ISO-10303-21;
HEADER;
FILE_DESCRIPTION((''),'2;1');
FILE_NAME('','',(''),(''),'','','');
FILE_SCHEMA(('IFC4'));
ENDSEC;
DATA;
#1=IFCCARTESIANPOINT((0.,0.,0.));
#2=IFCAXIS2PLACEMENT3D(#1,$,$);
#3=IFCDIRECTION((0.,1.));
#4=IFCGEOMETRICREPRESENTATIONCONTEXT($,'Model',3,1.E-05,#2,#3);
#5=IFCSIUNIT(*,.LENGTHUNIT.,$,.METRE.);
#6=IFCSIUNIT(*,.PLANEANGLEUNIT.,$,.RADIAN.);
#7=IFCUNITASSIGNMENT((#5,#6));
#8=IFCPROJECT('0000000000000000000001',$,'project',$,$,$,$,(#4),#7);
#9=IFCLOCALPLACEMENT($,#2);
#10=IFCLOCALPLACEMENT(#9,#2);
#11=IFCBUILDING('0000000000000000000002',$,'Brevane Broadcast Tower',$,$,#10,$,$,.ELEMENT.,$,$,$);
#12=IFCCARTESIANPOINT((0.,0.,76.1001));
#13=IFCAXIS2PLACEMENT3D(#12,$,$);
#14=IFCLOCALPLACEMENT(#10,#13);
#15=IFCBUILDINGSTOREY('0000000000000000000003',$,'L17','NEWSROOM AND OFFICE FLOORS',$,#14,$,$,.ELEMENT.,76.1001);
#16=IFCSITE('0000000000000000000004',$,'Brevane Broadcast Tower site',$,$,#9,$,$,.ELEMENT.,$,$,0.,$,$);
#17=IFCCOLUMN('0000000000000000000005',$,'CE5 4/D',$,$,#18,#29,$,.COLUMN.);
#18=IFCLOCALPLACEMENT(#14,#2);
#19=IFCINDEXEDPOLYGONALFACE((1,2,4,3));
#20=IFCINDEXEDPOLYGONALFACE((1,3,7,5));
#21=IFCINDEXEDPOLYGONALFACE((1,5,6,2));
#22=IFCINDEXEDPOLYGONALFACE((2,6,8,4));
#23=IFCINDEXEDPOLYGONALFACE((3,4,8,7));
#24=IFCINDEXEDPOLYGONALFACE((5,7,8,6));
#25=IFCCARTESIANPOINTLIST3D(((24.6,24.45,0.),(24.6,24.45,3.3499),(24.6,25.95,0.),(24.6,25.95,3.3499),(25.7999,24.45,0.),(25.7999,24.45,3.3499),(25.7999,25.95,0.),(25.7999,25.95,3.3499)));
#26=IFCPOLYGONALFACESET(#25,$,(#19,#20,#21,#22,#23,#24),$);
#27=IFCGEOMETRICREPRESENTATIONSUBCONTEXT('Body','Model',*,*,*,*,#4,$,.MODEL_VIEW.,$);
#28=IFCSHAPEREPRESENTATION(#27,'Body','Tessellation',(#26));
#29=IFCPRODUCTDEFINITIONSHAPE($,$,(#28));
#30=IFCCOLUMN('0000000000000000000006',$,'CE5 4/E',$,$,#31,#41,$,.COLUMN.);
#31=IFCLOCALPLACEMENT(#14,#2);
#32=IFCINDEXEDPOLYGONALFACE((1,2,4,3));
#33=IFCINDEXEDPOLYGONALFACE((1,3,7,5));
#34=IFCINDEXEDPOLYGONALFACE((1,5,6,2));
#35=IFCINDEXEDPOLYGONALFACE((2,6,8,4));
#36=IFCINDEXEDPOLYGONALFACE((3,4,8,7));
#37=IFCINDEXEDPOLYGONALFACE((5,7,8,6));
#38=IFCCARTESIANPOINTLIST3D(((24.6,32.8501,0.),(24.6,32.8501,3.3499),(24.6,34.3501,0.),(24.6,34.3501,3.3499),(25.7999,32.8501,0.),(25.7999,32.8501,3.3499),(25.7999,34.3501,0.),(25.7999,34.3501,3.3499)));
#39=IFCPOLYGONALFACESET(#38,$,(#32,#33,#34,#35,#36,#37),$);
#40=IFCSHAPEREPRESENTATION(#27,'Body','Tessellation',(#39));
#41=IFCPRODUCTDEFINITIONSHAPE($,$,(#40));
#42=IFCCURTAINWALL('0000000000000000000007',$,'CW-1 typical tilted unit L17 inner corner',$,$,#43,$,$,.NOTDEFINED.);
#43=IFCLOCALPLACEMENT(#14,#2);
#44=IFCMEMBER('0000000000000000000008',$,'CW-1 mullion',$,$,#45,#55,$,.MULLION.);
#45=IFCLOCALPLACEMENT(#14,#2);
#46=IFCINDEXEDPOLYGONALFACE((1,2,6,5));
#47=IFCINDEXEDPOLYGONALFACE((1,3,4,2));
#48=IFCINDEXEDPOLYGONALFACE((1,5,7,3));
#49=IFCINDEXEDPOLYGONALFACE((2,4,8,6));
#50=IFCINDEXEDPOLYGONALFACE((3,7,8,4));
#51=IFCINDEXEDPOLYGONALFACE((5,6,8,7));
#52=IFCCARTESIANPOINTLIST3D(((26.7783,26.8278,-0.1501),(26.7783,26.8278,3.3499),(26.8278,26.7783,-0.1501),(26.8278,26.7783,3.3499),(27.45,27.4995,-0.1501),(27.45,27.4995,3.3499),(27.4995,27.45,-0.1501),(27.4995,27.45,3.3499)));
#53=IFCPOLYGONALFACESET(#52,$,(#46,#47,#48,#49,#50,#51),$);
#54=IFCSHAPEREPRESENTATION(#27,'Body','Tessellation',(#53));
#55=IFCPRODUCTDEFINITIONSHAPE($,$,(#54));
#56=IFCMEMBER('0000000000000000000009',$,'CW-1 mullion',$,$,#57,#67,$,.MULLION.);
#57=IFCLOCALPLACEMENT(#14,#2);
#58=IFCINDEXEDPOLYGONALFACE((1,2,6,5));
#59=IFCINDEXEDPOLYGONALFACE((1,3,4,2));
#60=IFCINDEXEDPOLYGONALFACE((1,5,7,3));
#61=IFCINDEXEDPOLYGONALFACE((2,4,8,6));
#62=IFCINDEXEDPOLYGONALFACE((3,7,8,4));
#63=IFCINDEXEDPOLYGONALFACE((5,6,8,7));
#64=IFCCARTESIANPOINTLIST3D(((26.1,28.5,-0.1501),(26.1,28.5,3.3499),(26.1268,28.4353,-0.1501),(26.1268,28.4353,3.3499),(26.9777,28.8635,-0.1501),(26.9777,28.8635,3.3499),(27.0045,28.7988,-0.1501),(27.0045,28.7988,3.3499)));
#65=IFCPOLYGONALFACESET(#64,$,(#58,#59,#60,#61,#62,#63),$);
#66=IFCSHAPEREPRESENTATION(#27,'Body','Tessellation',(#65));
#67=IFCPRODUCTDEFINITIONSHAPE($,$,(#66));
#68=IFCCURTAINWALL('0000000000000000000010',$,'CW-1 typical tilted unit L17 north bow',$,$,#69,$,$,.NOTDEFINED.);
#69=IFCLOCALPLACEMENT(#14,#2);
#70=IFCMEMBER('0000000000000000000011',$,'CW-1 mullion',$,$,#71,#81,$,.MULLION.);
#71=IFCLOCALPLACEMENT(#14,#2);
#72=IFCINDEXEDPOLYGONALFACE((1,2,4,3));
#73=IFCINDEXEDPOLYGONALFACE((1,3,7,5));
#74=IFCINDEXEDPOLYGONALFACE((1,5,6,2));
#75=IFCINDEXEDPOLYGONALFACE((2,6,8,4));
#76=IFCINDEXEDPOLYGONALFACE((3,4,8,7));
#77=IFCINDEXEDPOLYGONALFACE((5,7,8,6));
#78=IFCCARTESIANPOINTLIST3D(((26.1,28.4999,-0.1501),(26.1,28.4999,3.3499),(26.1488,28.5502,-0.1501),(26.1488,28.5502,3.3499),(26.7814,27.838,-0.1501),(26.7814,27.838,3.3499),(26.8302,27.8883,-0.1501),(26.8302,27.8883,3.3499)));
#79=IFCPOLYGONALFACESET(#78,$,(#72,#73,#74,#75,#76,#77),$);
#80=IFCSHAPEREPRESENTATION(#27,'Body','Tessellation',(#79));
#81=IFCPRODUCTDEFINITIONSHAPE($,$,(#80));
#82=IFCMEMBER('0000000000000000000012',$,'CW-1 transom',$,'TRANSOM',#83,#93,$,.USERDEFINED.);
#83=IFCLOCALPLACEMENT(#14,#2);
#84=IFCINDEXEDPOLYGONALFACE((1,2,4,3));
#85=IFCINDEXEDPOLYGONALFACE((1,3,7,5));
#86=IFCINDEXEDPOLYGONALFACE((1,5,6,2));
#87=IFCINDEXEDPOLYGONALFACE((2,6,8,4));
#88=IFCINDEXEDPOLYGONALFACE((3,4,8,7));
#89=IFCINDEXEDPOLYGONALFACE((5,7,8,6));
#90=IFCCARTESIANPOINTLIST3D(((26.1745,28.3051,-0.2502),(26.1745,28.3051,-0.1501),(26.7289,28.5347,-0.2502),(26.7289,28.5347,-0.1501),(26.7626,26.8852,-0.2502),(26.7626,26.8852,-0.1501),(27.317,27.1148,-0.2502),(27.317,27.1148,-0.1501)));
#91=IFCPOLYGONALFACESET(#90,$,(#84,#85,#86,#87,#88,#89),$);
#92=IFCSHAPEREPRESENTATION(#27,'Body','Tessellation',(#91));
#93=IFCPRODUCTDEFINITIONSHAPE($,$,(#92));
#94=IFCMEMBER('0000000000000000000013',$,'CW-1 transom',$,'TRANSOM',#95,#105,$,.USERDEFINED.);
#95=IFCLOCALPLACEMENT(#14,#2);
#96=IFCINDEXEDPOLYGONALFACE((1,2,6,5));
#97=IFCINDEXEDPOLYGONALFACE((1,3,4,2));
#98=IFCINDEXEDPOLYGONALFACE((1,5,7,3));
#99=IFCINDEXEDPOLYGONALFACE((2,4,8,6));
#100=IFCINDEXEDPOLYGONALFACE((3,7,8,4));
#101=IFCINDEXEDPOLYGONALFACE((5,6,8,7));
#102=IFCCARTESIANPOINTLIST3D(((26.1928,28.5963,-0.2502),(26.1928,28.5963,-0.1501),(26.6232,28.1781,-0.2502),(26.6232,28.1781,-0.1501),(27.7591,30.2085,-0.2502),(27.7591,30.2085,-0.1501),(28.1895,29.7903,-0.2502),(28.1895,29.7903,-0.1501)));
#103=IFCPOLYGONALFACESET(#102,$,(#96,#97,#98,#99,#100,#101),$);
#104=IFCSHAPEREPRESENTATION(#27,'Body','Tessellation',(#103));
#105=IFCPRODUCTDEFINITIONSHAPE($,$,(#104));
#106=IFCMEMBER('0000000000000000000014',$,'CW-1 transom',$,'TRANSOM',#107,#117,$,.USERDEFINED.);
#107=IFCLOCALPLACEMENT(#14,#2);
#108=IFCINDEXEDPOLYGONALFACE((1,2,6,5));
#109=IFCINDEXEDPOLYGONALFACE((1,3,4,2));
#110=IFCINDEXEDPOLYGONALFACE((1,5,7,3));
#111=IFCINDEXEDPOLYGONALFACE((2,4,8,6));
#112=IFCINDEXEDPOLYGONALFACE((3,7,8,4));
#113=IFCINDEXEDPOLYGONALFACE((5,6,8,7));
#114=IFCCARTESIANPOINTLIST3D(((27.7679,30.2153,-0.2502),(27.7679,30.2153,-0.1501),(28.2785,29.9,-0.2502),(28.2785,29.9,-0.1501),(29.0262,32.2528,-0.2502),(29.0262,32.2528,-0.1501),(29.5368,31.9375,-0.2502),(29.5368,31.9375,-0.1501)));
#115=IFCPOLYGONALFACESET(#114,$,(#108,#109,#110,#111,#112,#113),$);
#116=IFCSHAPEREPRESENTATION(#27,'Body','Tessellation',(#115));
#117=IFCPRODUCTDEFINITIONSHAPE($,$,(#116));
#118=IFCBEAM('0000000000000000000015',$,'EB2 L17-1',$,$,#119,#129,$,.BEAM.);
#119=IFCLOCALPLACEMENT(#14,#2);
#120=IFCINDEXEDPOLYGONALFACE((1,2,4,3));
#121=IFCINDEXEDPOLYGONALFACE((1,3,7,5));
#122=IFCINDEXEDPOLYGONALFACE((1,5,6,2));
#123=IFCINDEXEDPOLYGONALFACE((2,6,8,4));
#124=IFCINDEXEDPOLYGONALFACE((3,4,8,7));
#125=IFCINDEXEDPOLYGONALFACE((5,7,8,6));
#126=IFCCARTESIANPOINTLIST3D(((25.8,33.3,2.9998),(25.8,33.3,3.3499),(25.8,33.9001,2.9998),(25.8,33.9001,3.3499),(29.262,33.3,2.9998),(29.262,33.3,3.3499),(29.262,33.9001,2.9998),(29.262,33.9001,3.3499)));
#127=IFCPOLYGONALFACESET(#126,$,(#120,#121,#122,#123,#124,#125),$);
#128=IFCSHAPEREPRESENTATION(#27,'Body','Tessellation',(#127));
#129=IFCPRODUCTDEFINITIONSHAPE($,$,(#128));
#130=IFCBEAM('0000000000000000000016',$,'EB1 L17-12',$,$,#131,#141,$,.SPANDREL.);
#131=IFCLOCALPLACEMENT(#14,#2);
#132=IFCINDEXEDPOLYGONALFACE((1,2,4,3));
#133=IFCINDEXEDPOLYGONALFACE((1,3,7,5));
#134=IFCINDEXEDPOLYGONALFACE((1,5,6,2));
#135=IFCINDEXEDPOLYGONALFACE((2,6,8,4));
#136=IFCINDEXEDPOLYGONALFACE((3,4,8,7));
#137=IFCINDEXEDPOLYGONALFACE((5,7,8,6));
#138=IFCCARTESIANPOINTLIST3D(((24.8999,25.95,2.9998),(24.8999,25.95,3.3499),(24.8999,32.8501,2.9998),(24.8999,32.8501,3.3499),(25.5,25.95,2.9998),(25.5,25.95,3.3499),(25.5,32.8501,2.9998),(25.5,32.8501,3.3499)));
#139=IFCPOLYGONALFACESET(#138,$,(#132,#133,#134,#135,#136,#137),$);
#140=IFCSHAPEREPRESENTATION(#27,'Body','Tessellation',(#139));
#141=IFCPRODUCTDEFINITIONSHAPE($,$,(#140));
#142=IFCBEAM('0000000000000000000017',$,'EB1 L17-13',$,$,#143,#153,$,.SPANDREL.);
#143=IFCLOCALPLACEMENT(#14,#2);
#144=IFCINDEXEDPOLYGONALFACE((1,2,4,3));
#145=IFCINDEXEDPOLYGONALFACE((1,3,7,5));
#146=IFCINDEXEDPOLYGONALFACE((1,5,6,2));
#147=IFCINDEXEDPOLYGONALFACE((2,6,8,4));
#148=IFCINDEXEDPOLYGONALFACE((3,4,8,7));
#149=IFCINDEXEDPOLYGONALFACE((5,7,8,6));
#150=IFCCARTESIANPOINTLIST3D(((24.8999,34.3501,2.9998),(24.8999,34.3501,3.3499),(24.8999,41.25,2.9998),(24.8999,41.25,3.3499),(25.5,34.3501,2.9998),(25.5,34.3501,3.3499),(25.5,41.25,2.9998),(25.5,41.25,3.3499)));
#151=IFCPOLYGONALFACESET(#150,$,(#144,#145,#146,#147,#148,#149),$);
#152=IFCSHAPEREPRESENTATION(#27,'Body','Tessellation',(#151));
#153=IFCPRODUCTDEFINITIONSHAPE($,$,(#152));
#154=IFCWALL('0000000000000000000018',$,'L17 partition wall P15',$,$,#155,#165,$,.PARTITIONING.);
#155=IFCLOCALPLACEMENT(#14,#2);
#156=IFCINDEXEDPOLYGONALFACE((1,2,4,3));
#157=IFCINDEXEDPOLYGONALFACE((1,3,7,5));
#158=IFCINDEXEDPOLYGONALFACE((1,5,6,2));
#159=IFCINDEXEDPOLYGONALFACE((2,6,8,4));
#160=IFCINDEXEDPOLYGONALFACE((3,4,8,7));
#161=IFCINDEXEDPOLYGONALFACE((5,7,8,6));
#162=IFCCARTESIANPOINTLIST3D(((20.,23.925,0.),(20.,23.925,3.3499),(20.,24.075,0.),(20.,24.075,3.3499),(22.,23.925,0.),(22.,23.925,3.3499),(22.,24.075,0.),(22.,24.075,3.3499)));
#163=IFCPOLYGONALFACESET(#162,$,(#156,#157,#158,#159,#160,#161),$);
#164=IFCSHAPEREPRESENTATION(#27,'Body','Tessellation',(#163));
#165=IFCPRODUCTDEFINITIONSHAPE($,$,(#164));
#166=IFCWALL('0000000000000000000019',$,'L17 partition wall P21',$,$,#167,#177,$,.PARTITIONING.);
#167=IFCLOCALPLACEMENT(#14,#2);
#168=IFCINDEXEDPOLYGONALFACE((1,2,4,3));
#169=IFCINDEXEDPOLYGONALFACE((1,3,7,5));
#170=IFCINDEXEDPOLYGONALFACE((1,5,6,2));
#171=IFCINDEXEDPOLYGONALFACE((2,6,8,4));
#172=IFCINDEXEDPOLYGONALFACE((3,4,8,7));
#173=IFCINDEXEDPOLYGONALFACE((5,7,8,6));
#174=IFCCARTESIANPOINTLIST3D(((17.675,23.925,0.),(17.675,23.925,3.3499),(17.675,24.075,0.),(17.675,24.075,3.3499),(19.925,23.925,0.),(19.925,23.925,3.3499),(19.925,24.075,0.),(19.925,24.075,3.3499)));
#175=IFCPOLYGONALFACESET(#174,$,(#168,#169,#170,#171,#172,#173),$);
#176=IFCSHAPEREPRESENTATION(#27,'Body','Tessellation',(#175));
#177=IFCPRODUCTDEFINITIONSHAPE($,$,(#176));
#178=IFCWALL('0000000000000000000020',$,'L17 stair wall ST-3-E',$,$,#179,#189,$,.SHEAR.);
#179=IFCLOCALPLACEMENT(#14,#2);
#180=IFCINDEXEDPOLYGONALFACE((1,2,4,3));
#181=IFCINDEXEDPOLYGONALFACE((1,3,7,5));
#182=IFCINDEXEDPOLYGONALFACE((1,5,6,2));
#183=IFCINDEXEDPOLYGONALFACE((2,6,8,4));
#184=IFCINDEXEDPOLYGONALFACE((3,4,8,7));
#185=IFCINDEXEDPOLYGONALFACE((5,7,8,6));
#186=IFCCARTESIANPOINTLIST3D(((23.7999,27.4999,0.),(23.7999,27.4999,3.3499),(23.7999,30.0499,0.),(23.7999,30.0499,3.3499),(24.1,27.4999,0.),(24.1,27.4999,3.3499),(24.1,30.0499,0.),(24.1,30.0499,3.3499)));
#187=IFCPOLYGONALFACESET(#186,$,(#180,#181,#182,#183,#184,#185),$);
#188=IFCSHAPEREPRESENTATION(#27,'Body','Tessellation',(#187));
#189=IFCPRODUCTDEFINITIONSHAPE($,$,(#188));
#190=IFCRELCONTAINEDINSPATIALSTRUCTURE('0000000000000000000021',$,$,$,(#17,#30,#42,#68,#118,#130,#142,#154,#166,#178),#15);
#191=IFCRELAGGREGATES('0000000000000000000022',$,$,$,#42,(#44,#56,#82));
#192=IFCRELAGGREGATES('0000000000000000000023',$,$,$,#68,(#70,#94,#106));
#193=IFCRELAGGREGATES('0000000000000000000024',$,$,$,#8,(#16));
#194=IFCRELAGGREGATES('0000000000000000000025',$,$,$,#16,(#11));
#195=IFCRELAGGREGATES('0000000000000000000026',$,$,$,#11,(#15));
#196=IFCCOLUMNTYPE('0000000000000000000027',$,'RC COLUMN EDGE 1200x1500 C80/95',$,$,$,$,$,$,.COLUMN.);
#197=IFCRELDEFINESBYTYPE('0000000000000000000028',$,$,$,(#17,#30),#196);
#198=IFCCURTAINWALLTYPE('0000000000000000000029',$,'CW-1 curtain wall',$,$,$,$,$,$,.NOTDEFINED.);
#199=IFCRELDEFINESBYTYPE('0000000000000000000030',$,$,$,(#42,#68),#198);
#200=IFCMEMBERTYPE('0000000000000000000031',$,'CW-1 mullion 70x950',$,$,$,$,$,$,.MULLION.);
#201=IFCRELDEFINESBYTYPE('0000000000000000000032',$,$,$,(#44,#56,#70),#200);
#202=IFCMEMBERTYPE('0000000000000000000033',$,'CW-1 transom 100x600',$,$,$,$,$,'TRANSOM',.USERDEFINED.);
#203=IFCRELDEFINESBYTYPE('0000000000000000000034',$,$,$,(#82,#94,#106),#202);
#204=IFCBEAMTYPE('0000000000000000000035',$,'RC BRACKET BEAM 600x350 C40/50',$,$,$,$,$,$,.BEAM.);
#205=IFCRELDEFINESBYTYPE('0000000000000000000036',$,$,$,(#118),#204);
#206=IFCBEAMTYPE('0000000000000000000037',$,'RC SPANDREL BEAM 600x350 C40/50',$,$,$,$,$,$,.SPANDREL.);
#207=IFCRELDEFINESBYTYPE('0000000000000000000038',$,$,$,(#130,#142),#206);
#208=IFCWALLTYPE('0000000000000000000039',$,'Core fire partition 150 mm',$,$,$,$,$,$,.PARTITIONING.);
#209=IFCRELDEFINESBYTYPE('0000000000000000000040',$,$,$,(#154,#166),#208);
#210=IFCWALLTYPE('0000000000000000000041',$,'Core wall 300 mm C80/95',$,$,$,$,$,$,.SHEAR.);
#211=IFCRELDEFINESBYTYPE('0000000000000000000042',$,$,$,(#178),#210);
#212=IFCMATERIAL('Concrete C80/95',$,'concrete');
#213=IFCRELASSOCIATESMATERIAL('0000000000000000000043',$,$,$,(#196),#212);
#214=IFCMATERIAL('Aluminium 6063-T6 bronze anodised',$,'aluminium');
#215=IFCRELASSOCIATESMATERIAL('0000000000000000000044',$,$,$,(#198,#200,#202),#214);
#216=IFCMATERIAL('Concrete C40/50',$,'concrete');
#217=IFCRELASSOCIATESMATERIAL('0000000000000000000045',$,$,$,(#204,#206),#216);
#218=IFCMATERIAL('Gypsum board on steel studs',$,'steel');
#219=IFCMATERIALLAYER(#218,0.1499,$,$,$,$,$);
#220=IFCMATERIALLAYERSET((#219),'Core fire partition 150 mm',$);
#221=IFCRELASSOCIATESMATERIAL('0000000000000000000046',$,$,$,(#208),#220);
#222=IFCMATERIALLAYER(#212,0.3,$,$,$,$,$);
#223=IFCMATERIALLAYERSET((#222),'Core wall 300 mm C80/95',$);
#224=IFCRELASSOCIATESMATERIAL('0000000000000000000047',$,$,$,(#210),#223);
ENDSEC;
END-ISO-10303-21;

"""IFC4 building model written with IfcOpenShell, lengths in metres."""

from ifc_helpers import new_model, si_unit, direction, frame, frame_2d, origin, origin_2d, place, context, subcontext, project, spatial, rectangle, extrude, material, layer, layer_set, material_profile, profile_set, type_object, element, aggregate, save


model = new_model("IFC4")

# Units and contexts
model_context = context("Model", 3, precision=1e-05, world=origin(), true_north=direction((0.0, 1.0)))
body_context = subcontext(model_context, "Body", "Model", "MODEL_VIEW")
ifc_project = project(units=[si_unit("LENGTHUNIT", "METRE"), si_unit("PLANEANGLEUNIT", "RADIAN")], contexts=[model_context])

# Site, building, storey
site_placement = place(None, origin())
site = spatial("IfcSite", under=ifc_project, at=site_placement, Name="Brevane Broadcast Tower site", CompositionType="ELEMENT", RefElevation=0.0)
building_placement = place(site_placement, origin())
building = spatial("IfcBuilding", under=site, at=building_placement, Name="Brevane Broadcast Tower", CompositionType="ELEMENT")
storey_placement = place(building_placement, frame((0.0, 0.0, 76.1001)))
storey = spatial("IfcBuildingStorey", under=building, at=storey_placement, Name="L17", Description="NEWSROOM AND OFFICE FLOORS", CompositionType="ELEMENT", Elevation=76.1001)

# Columns
ifc_material_1 = material(Name="Concrete C80/95", Category="concrete")
ifc_material_profile_1 = material_profile(ifc_material_1, rectangle(XDim=1.2, YDim=1.5, at=origin_2d()), Name="RC 1200x1500")
ifc_profile_set_1 = profile_set([ifc_material_profile_1], Name="Concrete C80/95")
column_type = type_object("IfcColumnType", Name="RC COLUMN EDGE 1200x1500 C80/95", PredefinedType="COLUMN", material=ifc_profile_set_1)
for number, where, z_axis, x_axis, name in (
    (1, (25.2, 25.2, 0.0), (0.0, 0.0, 1.0), (1.0, 0.0, 0.0), "CE5 4/D"),
    (2, (25.2, 33.6001, 0.0), (0.0, 0.0, 1.0), (1.0, 0.0, 0.0), "CE5 4/E"),
):
    element("IfcColumn", number, at=place(storey_placement, frame(where, z_axis=z_axis, x_axis=x_axis)), inside=storey, type_object=column_type, Name=name, PredefinedType="COLUMN", context=body_context, shape_type="SweptSolid", body=[
        extrude(rectangle(XDim=1.2, YDim=1.5, at=origin_2d()), origin(), (0.0, 0.0, 1.0), 3.3499),
    ])

# Curtain wall, members
ifc_material_2 = material(Name="Aluminium 6063-T6 bronze anodised", Category="aluminium")
curtain_wall_type = type_object("IfcCurtainWallType", Name="CW-1 curtain wall", PredefinedType="NOTDEFINED", material=ifc_material_2)
curtain_wall_1_placement = place(storey_placement, origin())
curtain_wall_1 = element("IfcCurtainWall", 3, at=curtain_wall_1_placement, inside=storey, type_object=curtain_wall_type, Name="CW-1 typical tilted unit L17 inner corner", PredefinedType="NOTDEFINED")
ifc_material_profile_2 = material_profile(ifc_material_2, rectangle(XDim=0.95, YDim=0.0701, at=origin_2d()), Name="RECT 70x950")
ifc_profile_set_2 = profile_set([ifc_material_profile_2], Name="Aluminium 6063-T6 bronze anodised")
member_type_1 = type_object("IfcMemberType", Name="CW-1 mullion 70x950", PredefinedType="MULLION", material=ifc_profile_set_2)
member_1_placement = place(storey_placement, frame((27.1389, 27.1389, -0.1501), z_axis=(0.0, 0.0, 1.0), x_axis=(-0.707107, -0.707107, 0.0)))
member_1 = element("IfcMember", 4, at=member_1_placement, type_object=member_type_1, Name="CW-1 mullion", PredefinedType="MULLION", context=body_context, shape_type="SweptSolid", body=[
    extrude(rectangle(XDim=0.95, YDim=0.0701, at=origin_2d()), origin(), (0.0, 0.0, 1.0), 3.5),
])
member_2_placement = place(storey_placement, frame((26.5522, 28.6494, -0.1501), z_axis=(0.0, 0.0, 1.0), x_axis=(-0.923879, -0.382684, 0.0)))
member_2 = element("IfcMember", 5, at=member_2_placement, type_object=member_type_1, Name="CW-1 mullion", PredefinedType="MULLION", context=body_context, shape_type="SweptSolid", body=[
    extrude(rectangle(XDim=0.95, YDim=0.0701, at=origin_2d()), origin(), (0.0, 0.0, 1.0), 3.5),
])

# Curtain wall, member
curtain_wall_2_placement = place(storey_placement, origin())
curtain_wall_2 = element("IfcCurtainWall", 6, at=curtain_wall_2_placement, inside=storey, type_object=curtain_wall_type, Name="CW-1 typical tilted unit L17 north bow", PredefinedType="NOTDEFINED")
member_3_placement = place(storey_placement, frame((26.4651, 28.1941, -0.1501), z_axis=(0.0, 0.0, 1.0), x_axis=(-0.717254, 0.696812, 0.0)))
member_3 = element("IfcMember", 7, at=member_3_placement, type_object=member_type_1, Name="CW-1 mullion", PredefinedType="MULLION", context=body_context, shape_type="SweptSolid", body=[
    extrude(rectangle(XDim=0.95, YDim=0.0701, at=origin_2d()), origin(), (0.0, 0.0, 1.0), 3.5),
])

# Members
ifc_material_profile_3 = material_profile(ifc_material_2, rectangle(XDim=0.6001, YDim=0.1001, at=origin_2d()), Name="RECT 100x600")
ifc_profile_set_3 = profile_set([ifc_material_profile_3], Name="Aluminium 6063-T6 bronze anodised")
member_type_2 = type_object("IfcMemberType", Name="CW-1 transom 100x600", ElementType="TRANSOM", PredefinedType="USERDEFINED", material=ifc_profile_set_3)
member_4_placement = place(storey_placement, frame((27.0398, 27.0, -0.2002), z_axis=(-0.382674, 0.923883, 0.0), x_axis=(-0.923883, -0.382674, 0.0)))
member_4 = element("IfcMember", 8, at=member_4_placement, type_object=member_type_2, Name="CW-1 transom", ObjectType="TRANSOM", PredefinedType="USERDEFINED", context=body_context, shape_type="SweptSolid", body=[
    extrude(rectangle(XDim=0.6001, YDim=0.1001, at=origin_2d()), origin(), (0.0, 0.0, 1.0), 1.5369),
])
aggregate(curtain_wall_1, [member_1, member_2, member_4])
member_5_placement = place(storey_placement, frame((26.408, 28.3872, -0.2002), z_axis=(0.696824, 0.717242, 0.0), x_axis=(-0.717242, 0.696824, 0.0)))
member_5 = element("IfcMember", 9, at=member_5_placement, type_object=member_type_2, Name="CW-1 transom", ObjectType="TRANSOM", PredefinedType="USERDEFINED", context=body_context, shape_type="SweptSolid", body=[
    extrude(rectangle(XDim=0.6001, YDim=0.1001, at=origin_2d()), origin(), (0.0, 0.0, 1.0), 2.2478),
])
member_6_placement = place(storey_placement, frame((28.0232, 30.0576, -0.2002), z_axis=(0.525428, 0.850838, 0.0), x_axis=(-0.850838, 0.525428, 0.0)))
member_6 = element("IfcMember", 10, at=member_6_placement, type_object=member_type_2, Name="CW-1 transom", ObjectType="TRANSOM", PredefinedType="USERDEFINED", context=body_context, shape_type="SweptSolid", body=[
    extrude(rectangle(XDim=0.6001, YDim=0.1001, at=origin_2d()), origin(), (0.0, 0.0, 1.0), 2.3948),
])
aggregate(curtain_wall_2, [member_3, member_5, member_6])

# Beams
ifc_material_3 = material(Name="Concrete C40/50", Category="concrete")
ifc_material_profile_4 = material_profile(ifc_material_3, rectangle(XDim=0.6001, YDim=0.3501, at=origin_2d()), Name="RC 600x350")
ifc_profile_set_4 = profile_set([ifc_material_profile_4], Name="Concrete C40/50")
beam_type_1 = type_object("IfcBeamType", Name="RC BRACKET BEAM 600x350 C40/50", PredefinedType="BEAM", material=ifc_profile_set_4)
beam_1_placement = place(storey_placement, frame((25.8, 33.6001, 3.1748), z_axis=(1.0, 0.0, 0.0), x_axis=(0.0, 1.0, 0.0)))
element("IfcBeam", 11, at=beam_1_placement, inside=storey, type_object=beam_type_1, Name="EB2 L17-1", PredefinedType="BEAM", context=body_context, shape_type="SweptSolid", body=[
    extrude(rectangle(XDim=0.6001, YDim=0.3501, at=origin_2d()), origin(), (0.0, 0.0, 1.0), 3.4619),
])
ifc_material_profile_5 = material_profile(ifc_material_3, rectangle(XDim=0.6001, YDim=0.3501, at=origin_2d()), Name="RC 600x350")
ifc_profile_set_5 = profile_set([ifc_material_profile_5], Name="Concrete C40/50")
beam_type_2 = type_object("IfcBeamType", Name="RC SPANDREL BEAM 600x350 C40/50", PredefinedType="SPANDREL", material=ifc_profile_set_5)
beam_2_placement = place(storey_placement, frame((25.2, 25.95, 3.1748), z_axis=(0.0, 1.0, 0.0), x_axis=(-1.0, 0.0, 0.0)))
element("IfcBeam", 12, at=beam_2_placement, inside=storey, type_object=beam_type_2, Name="EB1 L17-12", PredefinedType="SPANDREL", context=body_context, shape_type="SweptSolid", body=[
    extrude(rectangle(XDim=0.6001, YDim=0.3501, at=origin_2d()), origin(), (0.0, 0.0, 1.0), 6.9001),
])
beam_3_placement = place(storey_placement, frame((25.2, 34.3501, 3.1748), z_axis=(0.0, 1.0, 0.0), x_axis=(-1.0, 0.0, 0.0)))
element("IfcBeam", 13, at=beam_3_placement, inside=storey, type_object=beam_type_2, Name="EB1 L17-13", PredefinedType="SPANDREL", context=body_context, shape_type="SweptSolid", body=[
    extrude(rectangle(XDim=0.6001, YDim=0.3501, at=origin_2d()), origin(), (0.0, 0.0, 1.0), 6.8999),
])

# Walls
ifc_material_4 = material(Name="Gypsum board on steel studs", Category="steel")
ifc_layer_1 = layer(ifc_material_4, 0.1499)
ifc_layer_set_1 = layer_set([ifc_layer_1], Name="Core fire partition 150 mm")
wall_type_1 = type_object("IfcWallType", Name="Core fire partition 150 mm", PredefinedType="PARTITIONING", material=ifc_layer_set_1)
wall_1_placement = place(storey_placement, frame((20.0, 24.0, 0.0), z_axis=(0.0, 0.0, 1.0), x_axis=(1.0, 0.0, 0.0)))
element("IfcWall", 14, at=wall_1_placement, inside=storey, type_object=wall_type_1, Name="L17 partition wall P15", PredefinedType="PARTITIONING", context=body_context, shape_type="SweptSolid", body=[
    extrude(rectangle(XDim=2.0, YDim=0.1499, at=frame_2d((1.0, 0.0))), origin(), (0.0, 0.0, 1.0), 3.3499),
])
wall_2_placement = place(storey_placement, frame((17.675, 24.0, 0.0), z_axis=(0.0, 0.0, 1.0), x_axis=(1.0, 0.0, 0.0)))
element("IfcWall", 15, at=wall_2_placement, inside=storey, type_object=wall_type_1, Name="L17 partition wall P21", PredefinedType="PARTITIONING", context=body_context, shape_type="SweptSolid", body=[
    extrude(rectangle(XDim=2.25, YDim=0.1499, at=frame_2d((1.125, 0.0))), origin(), (0.0, 0.0, 1.0), 3.3499),
])
ifc_layer_2 = layer(ifc_material_1, 0.3)
ifc_layer_set_2 = layer_set([ifc_layer_2], Name="Core wall 300 mm C80/95")
wall_type_2 = type_object("IfcWallType", Name="Core wall 300 mm C80/95", PredefinedType="SHEAR", material=ifc_layer_set_2)
wall_3_placement = place(storey_placement, frame((23.95, 27.5, 0.0), z_axis=(0.0, 0.0, 1.0), x_axis=(0.0, 1.0, 0.0)))
element("IfcWall", 16, at=wall_3_placement, inside=storey, type_object=wall_type_2, Name="L17 stair wall ST-3-E", PredefinedType="SHEAR", context=body_context, shape_type="SweptSolid", body=[
    extrude(rectangle(XDim=2.55, YDim=0.3, at=frame_2d((1.2749, 0.0))), origin(), (0.0, 0.0, 1.0), 3.3499),
])

save(model, "model.ifc")
